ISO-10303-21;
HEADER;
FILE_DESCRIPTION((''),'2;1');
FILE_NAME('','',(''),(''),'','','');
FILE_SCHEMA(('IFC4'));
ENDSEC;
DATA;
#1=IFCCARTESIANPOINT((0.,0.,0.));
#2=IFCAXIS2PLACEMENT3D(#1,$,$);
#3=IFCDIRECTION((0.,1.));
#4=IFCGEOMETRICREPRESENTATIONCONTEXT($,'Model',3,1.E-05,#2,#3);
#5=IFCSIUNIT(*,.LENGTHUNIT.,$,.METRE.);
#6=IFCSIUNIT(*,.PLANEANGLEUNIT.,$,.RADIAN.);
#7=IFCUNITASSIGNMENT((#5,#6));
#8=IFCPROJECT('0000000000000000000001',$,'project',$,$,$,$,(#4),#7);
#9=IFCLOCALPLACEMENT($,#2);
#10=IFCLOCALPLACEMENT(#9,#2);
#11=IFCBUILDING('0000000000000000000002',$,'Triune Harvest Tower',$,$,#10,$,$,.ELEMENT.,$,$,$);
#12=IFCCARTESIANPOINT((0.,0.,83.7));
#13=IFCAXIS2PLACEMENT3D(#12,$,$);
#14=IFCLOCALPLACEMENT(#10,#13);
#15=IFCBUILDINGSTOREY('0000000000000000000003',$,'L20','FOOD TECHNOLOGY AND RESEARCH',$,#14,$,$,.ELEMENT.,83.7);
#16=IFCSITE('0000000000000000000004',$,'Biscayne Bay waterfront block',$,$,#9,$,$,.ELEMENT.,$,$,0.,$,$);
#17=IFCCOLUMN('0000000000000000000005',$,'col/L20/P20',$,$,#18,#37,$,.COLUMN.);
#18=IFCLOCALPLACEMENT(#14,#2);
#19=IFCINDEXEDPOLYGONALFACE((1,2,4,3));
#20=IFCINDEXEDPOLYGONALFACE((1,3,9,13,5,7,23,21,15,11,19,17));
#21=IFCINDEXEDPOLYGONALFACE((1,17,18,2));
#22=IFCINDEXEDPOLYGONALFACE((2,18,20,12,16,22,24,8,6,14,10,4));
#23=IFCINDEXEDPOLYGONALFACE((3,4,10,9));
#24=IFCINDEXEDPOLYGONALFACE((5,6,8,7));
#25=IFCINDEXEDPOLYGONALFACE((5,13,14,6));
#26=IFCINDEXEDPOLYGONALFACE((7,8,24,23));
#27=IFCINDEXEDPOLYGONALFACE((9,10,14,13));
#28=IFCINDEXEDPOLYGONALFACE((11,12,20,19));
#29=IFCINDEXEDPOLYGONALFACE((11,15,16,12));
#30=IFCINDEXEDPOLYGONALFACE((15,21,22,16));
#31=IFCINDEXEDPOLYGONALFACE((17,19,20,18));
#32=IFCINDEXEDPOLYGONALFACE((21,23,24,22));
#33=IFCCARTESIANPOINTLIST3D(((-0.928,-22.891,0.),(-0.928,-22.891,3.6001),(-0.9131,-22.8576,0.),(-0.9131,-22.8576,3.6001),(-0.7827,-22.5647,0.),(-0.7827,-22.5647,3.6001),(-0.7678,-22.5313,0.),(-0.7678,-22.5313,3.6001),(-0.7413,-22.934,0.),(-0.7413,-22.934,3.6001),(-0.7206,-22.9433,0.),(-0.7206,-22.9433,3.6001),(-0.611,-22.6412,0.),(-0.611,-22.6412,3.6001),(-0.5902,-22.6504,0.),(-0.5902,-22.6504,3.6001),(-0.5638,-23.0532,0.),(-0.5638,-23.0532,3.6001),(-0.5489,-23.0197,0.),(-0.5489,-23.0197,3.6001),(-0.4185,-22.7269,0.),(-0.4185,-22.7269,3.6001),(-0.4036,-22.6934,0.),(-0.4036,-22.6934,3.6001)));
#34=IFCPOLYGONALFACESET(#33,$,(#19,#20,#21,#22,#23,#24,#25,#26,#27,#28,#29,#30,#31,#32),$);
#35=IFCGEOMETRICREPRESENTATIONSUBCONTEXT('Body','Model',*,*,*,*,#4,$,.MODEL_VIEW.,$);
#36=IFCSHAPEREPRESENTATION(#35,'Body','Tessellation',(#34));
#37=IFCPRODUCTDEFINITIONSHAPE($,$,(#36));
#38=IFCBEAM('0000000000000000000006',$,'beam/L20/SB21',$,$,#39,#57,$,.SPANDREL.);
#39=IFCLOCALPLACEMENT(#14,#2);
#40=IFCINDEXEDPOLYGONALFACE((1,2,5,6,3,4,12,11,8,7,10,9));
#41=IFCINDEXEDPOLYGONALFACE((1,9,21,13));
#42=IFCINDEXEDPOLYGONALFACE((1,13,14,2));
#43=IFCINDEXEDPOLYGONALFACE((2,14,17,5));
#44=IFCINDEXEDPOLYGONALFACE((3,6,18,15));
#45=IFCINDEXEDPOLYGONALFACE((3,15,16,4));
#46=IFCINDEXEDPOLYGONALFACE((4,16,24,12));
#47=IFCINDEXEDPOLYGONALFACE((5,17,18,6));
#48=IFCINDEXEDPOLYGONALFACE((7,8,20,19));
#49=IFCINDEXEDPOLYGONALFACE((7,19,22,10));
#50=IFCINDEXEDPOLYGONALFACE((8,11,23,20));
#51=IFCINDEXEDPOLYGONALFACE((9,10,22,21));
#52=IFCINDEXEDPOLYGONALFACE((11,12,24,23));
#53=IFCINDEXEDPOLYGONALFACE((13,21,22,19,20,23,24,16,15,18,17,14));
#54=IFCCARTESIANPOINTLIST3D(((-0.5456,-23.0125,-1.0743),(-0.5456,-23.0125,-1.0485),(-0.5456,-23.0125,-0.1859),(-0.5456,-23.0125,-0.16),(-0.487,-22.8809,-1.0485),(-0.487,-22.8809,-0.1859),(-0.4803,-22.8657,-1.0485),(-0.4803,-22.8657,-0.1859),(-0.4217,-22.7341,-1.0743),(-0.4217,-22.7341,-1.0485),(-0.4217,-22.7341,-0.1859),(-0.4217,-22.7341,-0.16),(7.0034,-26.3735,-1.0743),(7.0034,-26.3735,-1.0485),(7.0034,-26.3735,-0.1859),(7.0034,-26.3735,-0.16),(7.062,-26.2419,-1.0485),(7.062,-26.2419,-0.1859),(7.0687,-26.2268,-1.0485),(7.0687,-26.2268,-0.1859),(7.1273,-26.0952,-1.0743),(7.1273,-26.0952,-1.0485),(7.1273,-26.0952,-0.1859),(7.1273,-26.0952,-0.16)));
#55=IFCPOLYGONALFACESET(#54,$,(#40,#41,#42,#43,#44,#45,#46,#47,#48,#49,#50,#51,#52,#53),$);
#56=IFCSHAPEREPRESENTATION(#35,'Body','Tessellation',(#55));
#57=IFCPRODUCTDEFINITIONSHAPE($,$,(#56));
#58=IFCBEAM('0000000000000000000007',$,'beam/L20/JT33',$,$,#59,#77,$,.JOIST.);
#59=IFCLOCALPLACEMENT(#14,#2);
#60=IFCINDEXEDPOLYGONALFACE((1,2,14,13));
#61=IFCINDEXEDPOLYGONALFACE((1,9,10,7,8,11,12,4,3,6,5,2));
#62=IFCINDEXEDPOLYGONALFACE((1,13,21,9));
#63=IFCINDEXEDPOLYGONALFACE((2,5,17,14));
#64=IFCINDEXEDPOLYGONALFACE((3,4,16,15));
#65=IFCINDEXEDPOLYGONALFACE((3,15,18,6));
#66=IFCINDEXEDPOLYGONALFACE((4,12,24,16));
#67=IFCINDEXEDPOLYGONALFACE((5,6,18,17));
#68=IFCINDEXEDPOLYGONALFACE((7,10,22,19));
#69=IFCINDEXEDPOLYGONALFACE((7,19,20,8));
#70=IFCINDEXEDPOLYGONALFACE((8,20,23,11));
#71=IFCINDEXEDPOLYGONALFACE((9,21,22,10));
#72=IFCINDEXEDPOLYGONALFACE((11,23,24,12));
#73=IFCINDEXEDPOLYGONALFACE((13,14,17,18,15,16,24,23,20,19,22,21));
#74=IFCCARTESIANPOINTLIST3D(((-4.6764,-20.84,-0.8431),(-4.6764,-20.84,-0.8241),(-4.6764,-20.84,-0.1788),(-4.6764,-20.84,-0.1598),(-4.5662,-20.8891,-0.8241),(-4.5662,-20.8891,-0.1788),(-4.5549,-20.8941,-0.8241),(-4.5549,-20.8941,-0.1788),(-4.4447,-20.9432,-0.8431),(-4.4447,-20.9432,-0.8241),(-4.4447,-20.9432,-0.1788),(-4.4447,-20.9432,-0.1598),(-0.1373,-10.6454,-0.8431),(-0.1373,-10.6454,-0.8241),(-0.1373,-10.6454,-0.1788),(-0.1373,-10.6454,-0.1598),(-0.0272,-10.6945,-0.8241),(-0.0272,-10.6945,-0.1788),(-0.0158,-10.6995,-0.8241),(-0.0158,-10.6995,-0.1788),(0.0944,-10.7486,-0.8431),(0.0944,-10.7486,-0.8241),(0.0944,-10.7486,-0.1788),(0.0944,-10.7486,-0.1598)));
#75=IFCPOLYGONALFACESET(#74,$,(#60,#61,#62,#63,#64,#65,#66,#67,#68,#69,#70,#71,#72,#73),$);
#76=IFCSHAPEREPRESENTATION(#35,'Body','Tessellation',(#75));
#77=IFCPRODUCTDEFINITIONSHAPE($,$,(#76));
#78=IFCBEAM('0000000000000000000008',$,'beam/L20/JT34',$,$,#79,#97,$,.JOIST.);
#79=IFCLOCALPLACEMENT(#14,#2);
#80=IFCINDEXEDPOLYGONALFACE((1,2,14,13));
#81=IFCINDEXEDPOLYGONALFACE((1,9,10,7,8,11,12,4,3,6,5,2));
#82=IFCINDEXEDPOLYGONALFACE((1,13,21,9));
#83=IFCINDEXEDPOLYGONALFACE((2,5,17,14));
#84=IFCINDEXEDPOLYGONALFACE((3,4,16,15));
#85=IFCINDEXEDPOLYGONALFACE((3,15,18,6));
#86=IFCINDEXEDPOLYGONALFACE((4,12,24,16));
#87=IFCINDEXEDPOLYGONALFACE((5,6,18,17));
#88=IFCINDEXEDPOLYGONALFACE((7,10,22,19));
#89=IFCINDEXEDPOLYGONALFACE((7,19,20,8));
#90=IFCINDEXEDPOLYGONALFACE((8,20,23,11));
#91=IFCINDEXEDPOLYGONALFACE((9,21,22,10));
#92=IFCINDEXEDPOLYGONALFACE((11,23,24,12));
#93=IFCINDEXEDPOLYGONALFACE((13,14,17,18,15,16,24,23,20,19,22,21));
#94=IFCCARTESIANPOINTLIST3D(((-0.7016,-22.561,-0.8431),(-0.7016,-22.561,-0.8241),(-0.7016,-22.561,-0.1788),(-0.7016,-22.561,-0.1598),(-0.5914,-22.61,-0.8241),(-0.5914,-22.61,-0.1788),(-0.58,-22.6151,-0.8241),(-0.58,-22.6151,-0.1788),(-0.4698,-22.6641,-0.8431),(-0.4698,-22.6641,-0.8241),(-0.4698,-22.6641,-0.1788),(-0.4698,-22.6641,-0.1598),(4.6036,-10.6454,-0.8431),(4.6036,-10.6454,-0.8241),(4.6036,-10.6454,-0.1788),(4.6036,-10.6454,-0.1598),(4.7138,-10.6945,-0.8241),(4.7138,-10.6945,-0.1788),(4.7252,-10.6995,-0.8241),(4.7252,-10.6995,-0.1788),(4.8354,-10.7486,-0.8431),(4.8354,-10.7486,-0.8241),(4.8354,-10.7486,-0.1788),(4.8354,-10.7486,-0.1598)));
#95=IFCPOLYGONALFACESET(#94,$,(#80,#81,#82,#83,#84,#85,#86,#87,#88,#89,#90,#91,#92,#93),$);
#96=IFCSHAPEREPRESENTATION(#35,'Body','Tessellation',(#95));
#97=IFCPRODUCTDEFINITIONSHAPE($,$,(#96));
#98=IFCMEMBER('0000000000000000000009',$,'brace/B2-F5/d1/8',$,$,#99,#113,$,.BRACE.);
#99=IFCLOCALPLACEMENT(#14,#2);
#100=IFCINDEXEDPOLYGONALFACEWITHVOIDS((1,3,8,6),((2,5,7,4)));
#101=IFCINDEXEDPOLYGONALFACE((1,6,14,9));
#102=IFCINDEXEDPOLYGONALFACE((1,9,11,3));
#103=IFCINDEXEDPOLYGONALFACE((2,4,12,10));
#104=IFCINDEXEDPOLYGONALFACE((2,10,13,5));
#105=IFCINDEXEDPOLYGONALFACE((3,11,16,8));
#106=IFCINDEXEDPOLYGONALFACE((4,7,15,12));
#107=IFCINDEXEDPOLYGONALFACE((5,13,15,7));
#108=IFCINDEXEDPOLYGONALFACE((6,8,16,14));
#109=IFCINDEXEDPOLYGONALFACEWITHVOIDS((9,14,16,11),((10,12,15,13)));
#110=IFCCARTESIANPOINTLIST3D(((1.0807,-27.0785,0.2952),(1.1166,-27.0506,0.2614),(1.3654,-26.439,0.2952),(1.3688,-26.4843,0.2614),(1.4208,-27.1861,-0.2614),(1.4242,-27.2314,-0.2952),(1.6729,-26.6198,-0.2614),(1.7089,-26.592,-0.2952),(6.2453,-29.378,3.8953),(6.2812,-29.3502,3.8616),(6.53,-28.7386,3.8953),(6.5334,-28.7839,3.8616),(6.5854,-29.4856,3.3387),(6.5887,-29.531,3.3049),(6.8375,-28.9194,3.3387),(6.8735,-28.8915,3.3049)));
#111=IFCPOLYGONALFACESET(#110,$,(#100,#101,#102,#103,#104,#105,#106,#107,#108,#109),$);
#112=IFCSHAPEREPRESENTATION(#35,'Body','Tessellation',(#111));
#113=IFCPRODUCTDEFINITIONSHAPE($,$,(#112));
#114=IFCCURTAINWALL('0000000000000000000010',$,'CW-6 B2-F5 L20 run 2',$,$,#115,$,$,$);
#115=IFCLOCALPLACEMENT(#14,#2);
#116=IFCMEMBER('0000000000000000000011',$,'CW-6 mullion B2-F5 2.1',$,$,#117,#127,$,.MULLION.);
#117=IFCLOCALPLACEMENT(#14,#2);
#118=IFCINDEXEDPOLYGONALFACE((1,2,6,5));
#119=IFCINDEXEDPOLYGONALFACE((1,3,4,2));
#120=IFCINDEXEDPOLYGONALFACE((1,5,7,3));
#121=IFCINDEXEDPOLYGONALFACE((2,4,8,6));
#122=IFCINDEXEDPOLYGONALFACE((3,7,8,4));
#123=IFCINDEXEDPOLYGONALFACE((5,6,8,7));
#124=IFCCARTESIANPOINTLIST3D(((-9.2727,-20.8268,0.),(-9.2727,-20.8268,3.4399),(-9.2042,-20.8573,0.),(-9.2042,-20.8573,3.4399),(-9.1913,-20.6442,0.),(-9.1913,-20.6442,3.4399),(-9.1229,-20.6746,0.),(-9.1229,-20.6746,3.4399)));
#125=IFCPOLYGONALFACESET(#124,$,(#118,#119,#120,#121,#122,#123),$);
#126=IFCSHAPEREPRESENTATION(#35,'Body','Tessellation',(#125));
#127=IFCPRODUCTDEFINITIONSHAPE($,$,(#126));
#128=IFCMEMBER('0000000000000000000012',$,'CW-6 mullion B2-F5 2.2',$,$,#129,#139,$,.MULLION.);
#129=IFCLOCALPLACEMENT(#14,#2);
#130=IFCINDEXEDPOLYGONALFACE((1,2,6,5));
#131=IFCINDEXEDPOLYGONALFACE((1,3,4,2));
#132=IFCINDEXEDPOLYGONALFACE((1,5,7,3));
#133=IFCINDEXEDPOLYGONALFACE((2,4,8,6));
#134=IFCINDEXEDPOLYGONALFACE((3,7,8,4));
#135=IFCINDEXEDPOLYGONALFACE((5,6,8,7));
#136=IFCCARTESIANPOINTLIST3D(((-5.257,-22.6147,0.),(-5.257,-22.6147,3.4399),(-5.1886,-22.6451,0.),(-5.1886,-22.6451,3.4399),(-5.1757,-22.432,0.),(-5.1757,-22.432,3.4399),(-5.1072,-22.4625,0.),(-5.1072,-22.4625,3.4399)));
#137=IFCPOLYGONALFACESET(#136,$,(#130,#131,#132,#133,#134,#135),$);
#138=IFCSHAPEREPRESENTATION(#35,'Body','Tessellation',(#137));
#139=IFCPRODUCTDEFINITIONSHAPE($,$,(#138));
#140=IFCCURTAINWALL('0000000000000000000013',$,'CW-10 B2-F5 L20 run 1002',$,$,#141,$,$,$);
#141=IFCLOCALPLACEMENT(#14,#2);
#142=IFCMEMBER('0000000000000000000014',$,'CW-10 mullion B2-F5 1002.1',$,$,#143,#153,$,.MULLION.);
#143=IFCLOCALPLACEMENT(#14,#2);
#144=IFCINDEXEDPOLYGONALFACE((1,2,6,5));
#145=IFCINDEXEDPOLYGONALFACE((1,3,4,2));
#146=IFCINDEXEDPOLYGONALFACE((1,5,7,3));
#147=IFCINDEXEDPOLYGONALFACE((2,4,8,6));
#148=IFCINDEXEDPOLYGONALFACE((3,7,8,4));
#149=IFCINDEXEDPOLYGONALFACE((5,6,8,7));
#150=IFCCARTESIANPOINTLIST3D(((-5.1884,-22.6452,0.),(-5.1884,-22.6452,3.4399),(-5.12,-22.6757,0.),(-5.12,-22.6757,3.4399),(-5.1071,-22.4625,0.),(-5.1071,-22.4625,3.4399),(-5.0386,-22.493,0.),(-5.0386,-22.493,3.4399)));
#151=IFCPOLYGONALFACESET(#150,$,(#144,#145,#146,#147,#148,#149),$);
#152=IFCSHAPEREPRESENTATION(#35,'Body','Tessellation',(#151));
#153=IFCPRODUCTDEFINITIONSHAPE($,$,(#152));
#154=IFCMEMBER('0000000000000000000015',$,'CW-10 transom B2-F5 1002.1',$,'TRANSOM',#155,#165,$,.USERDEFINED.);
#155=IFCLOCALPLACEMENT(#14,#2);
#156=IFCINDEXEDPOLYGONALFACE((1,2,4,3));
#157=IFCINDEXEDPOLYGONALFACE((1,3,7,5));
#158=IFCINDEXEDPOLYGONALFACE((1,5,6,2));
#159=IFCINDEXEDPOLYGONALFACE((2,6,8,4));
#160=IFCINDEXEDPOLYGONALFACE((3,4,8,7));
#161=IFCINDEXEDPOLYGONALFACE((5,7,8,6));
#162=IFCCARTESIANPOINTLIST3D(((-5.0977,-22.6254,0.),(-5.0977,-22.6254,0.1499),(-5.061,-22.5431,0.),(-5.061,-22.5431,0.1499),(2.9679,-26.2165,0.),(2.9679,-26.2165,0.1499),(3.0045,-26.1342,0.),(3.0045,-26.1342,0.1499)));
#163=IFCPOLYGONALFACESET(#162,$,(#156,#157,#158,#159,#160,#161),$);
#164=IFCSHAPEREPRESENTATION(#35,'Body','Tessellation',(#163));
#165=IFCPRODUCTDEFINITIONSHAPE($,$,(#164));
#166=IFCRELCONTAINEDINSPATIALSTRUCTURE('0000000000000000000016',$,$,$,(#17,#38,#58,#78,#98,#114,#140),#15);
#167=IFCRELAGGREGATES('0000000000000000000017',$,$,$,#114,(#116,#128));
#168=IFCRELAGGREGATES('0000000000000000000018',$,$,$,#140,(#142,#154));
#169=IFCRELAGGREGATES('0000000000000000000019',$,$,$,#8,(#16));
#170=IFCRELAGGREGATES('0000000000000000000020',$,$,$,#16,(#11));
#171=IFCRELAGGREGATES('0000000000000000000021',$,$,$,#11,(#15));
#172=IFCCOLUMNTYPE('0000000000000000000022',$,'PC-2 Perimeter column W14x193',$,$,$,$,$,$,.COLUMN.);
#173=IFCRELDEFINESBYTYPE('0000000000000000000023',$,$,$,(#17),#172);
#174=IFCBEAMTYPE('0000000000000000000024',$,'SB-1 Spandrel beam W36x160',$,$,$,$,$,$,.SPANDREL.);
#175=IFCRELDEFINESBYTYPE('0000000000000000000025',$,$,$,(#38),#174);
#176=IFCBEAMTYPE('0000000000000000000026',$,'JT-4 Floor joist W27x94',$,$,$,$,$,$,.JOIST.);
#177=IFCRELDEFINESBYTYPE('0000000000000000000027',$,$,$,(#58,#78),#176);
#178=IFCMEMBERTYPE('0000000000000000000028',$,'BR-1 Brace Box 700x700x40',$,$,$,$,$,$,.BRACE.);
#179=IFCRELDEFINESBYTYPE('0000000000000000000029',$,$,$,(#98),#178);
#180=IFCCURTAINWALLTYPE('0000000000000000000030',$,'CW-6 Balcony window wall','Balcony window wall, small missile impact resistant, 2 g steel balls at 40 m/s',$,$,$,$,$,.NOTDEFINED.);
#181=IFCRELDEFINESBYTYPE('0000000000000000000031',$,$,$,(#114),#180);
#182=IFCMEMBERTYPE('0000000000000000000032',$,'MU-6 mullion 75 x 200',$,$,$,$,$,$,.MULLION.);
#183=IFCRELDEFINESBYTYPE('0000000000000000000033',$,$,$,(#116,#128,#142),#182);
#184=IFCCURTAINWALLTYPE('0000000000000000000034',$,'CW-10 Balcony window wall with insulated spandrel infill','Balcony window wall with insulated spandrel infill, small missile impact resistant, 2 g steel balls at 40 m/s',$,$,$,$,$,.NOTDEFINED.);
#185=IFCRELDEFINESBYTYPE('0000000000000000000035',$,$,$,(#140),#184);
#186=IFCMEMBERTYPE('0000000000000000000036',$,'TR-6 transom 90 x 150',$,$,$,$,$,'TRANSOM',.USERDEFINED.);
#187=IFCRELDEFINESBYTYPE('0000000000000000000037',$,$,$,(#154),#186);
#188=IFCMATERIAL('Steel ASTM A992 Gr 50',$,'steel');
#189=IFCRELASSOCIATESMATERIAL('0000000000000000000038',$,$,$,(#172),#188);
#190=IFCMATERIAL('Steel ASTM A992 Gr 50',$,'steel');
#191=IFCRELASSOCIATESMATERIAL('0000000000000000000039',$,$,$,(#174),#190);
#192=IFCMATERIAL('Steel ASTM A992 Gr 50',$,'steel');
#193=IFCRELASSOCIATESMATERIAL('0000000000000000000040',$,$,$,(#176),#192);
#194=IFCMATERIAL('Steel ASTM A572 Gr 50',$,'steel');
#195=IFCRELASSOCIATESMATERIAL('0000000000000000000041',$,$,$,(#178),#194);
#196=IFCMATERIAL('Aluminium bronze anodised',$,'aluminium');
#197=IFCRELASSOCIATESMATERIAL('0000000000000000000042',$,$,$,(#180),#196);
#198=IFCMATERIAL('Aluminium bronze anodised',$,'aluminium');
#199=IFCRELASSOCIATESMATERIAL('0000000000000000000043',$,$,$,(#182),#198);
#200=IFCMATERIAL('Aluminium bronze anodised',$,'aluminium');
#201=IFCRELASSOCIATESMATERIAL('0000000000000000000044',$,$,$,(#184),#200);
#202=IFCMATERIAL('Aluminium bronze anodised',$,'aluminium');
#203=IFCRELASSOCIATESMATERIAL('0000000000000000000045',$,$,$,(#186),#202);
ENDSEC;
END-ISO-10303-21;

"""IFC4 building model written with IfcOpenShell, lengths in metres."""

from ifc_helpers import new_model, si_unit, direction, frame, origin, origin_2d, place, context, subcontext, project, spatial, rectangle, hollow_rectangle, i_section, extrude, source, transform, mapped, material, material_profile, profile_set, type_object, element, aggregate, save


model = new_model("IFC4")

# Units and contexts
model_context = context("Model", 3, precision=1e-05, world=origin(), true_north=direction((0.0, 1.0)))
body_context = subcontext(model_context, "Body", "Model", "MODEL_VIEW")
ifc_project = project(units=[si_unit("LENGTHUNIT", "METRE"), si_unit("PLANEANGLEUNIT", "RADIAN")], contexts=[model_context])

# Site, building, storey
site_placement = place(None, origin())
site = spatial("IfcSite", under=ifc_project, at=site_placement, Name="Biscayne Bay waterfront block", CompositionType="ELEMENT", RefElevation=0.0)
building_placement = place(site_placement, origin())
building = spatial("IfcBuilding", under=site, at=building_placement, Name="Triune Harvest Tower", CompositionType="ELEMENT")
storey_placement = place(building_placement, frame((0.0, 0.0, 83.7)))
storey = spatial("IfcBuildingStorey", under=building, at=storey_placement, Name="L20", Description="FOOD TECHNOLOGY AND RESEARCH", CompositionType="ELEMENT", Elevation=83.7)

# Column
ifc_material_1 = material(Name="Steel ASTM A992 Gr 50", Category="steel")
ifc_material_profile_1 = material_profile(ifc_material_1, i_section(OverallWidth=0.3987, OverallDepth=0.3938, WebThickness=0.0227, FlangeThickness=0.0366, at=origin_2d()), Name="W14x193")
ifc_profile_set_1 = profile_set([ifc_material_profile_1], Name="Steel ASTM A992 Gr 50")
column_type = type_object("IfcColumnType", Name="PC-2 Perimeter column W14x193", PredefinedType="COLUMN", material=ifc_profile_set_1)
shared_shape_1 = source(origin(), body_context, "Body", "SweptSolid", [
    extrude(i_section(OverallWidth=0.3987, OverallDepth=0.3938, WebThickness=0.0227, FlangeThickness=0.0366, at=origin_2d()), origin(), (0.0, 0.0, 1.0), 3.6001),
])
column_placement = place(storey_placement, frame((-0.6658, -22.7922, 0.0), z_axis=(0.0, 0.0, 1.0), x_axis=(0.913545, -0.406737, 0.0)))
element("IfcColumn", 1, at=column_placement, inside=storey, type_object=column_type, Name="col/L20/P20", PredefinedType="COLUMN", context=body_context, shape_type="MappedRepresentation", body=[
    mapped(shared_shape_1, transform((0.0, 0.0, 0.0), scale=1.0)),
])

# Beams
ifc_material_2 = material(Name="Steel ASTM A992 Gr 50", Category="steel")
ifc_material_profile_2 = material_profile(ifc_material_2, i_section(OverallWidth=0.3047, OverallDepth=0.9143, WebThickness=0.0166, FlangeThickness=0.0259, at=origin_2d()), Name="W36x160")
ifc_profile_set_2 = profile_set([ifc_material_profile_2], Name="Steel ASTM A992 Gr 50")
beam_type_1 = type_object("IfcBeamType", Name="SB-1 Spandrel beam W36x160", PredefinedType="SPANDREL", material=ifc_profile_set_2)
shared_shape_2 = source(origin(), body_context, "Body", "SweptSolid", [
    extrude(i_section(OverallWidth=0.3047, OverallDepth=0.9143, WebThickness=0.0166, FlangeThickness=0.0259, at=origin_2d()), origin(), (0.0, 0.0, 1.0), 8.2634),
])
beam_1_placement = place(storey_placement, frame((-0.4836, -22.8733, -0.6172), z_axis=(0.913545, -0.406739, 0.0), x_axis=(0.406739, 0.913545, 0.0)))
element("IfcBeam", 2, at=beam_1_placement, inside=storey, type_object=beam_type_1, Name="beam/L20/SB21", PredefinedType="SPANDREL", context=body_context, shape_type="MappedRepresentation", body=[
    mapped(shared_shape_2, transform((0.0, 0.0, 0.0), scale=1.0)),
])
ifc_material_3 = material(Name="Steel ASTM A992 Gr 50", Category="steel")
ifc_material_profile_3 = material_profile(ifc_material_3, i_section(OverallWidth=0.2537, OverallDepth=0.6833, WebThickness=0.0125, FlangeThickness=0.019, at=origin_2d()), Name="W27x94")
ifc_profile_set_3 = profile_set([ifc_material_profile_3], Name="Steel ASTM A992 Gr 50")
beam_type_2 = type_object("IfcBeamType", Name="JT-4 Floor joist W27x94", PredefinedType="JOIST", material=ifc_profile_set_3)
shared_shape_3 = source(origin(), body_context, "Body", "SweptSolid", [
    extrude(i_section(OverallWidth=0.2537, OverallDepth=0.6833, WebThickness=0.0125, FlangeThickness=0.019, at=origin_2d()), origin(), (0.0, 0.0, 1.0), 11.1594),
])
beam_2_placement = place(storey_placement, frame((-4.5605, -20.8916, -0.5015), z_axis=(0.406747, 0.913541, 0.0), x_axis=(-0.913541, 0.406747, 0.0)))
element("IfcBeam", 3, at=beam_2_placement, inside=storey, type_object=beam_type_2, Name="beam/L20/JT33", PredefinedType="JOIST", context=body_context, shape_type="MappedRepresentation", body=[
    mapped(shared_shape_3, transform((0.0, 0.0, 0.0), scale=1.0)),
])
shared_shape_4 = source(origin(), body_context, "Body", "SweptSolid", [
    extrude(i_section(OverallWidth=0.2537, OverallDepth=0.6833, WebThickness=0.0125, FlangeThickness=0.019, at=origin_2d()), origin(), (0.0, 0.0, 1.0), 13.0432),
])
beam_3_placement = place(storey_placement, frame((-0.5857, -22.6125, -0.5015), z_axis=(0.406739, 0.913544, 0.0), x_axis=(-0.913544, 0.406739, 0.0)))
element("IfcBeam", 4, at=beam_3_placement, inside=storey, type_object=beam_type_2, Name="beam/L20/JT34", PredefinedType="JOIST", context=body_context, shape_type="MappedRepresentation", body=[
    mapped(shared_shape_4, transform((0.0, 0.0, 0.0), scale=1.0)),
])

# Member
ifc_material_4 = material(Name="Steel ASTM A572 Gr 50", Category="steel")
ifc_material_profile_4 = material_profile(ifc_material_4, hollow_rectangle(XDim=0.7, YDim=0.7, WallThickness=0.04, at=origin_2d()), Name="Box 700x700x40")
ifc_profile_set_4 = profile_set([ifc_material_profile_4], Name="Steel ASTM A572 Gr 50")
member_type_1 = type_object("IfcMemberType", Name="BR-1 Brace Box 700x700x40", PredefinedType="BRACE", material=ifc_profile_set_4)
shared_shape_5 = source(origin(), body_context, "Body", "SweptSolid", [
    extrude(hollow_rectangle(XDim=0.7, YDim=0.7, WallThickness=0.04, at=origin_2d()), origin(), (0.0, 0.0, 1.0), 6.7024),
])
member_1_placement = place(storey_placement, frame((1.3948, -26.8352, 0.0), z_axis=(0.77056, -0.343099, 0.537141), x_axis=(0.406759, 0.913535, 0.0)))
element("IfcMember", 5, at=member_1_placement, inside=storey, type_object=member_type_1, Name="brace/B2-F5/d1/8", PredefinedType="BRACE", context=body_context, shape_type="MappedRepresentation", body=[
    mapped(shared_shape_5, transform((0.0, 0.0, 0.0), scale=1.0)),
])

# Curtain walls, members
ifc_material_5 = material(Name="Aluminium bronze anodised", Category="aluminium")
curtain_wall_type_1 = type_object("IfcCurtainWallType", Name="CW-6 Balcony window wall", Description="Balcony window wall, small missile impact resistant, 2 g steel balls at 40 m/s", PredefinedType="NOTDEFINED", material=ifc_material_5)
curtain_wall_1_placement = place(storey_placement, origin())
curtain_wall_1 = element("IfcCurtainWall", 6, at=curtain_wall_1_placement, inside=storey, type_object=curtain_wall_type_1, Name="CW-6 B2-F5 L20 run 2")
ifc_material_6 = material(Name="Aluminium bronze anodised", Category="aluminium")
ifc_material_profile_5 = material_profile(ifc_material_6, rectangle(XDim=0.2, YDim=0.075, at=origin_2d()), Name="MU-6 mullion 75 x 200")
ifc_profile_set_5 = profile_set([ifc_material_profile_5], Name="Aluminium bronze anodised")
member_type_2 = type_object("IfcMemberType", Name="MU-6 mullion 75 x 200", PredefinedType="MULLION", material=ifc_profile_set_5)
shared_shape_6 = source(origin(), body_context, "Body", "SweptSolid", [
    extrude(rectangle(XDim=0.2, YDim=0.075, at=origin_2d()), origin(), (0.0, 0.0, 1.0), 3.4399),
])
member_2_placement = place(storey_placement, frame((-9.1978, -20.7507, 0.0), z_axis=(0.0, 0.0, 1.0), x_axis=(0.40673, 0.913548, 0.0)))
member_2 = element("IfcMember", 7, at=member_2_placement, type_object=member_type_2, Name="CW-6 mullion B2-F5 2.1", PredefinedType="MULLION", context=body_context, shape_type="MappedRepresentation", body=[
    mapped(shared_shape_6, transform((0.0, 0.0, 0.0), scale=1.0)),
])
member_3_placement = place(storey_placement, frame((-5.1821, -22.5386, 0.0), z_axis=(0.0, 0.0, 1.0), x_axis=(0.40673, 0.913548, 0.0)))
member_3 = element("IfcMember", 8, at=member_3_placement, type_object=member_type_2, Name="CW-6 mullion B2-F5 2.2", PredefinedType="MULLION", context=body_context, shape_type="MappedRepresentation", body=[
    mapped(shared_shape_6, transform((0.0, 0.0, 0.0), scale=1.0)),
])
ifc_material_7 = material(Name="Aluminium bronze anodised", Category="aluminium")
curtain_wall_type_2 = type_object("IfcCurtainWallType", Name="CW-10 Balcony window wall with insulated spandrel infill", Description="Balcony window wall with insulated spandrel infill, small missile impact resistant, 2 g steel balls at 40 m/s", PredefinedType="NOTDEFINED", material=ifc_material_7)
curtain_wall_2_placement = place(storey_placement, origin())
curtain_wall_2 = element("IfcCurtainWall", 9, at=curtain_wall_2_placement, inside=storey, type_object=curtain_wall_type_2, Name="CW-10 B2-F5 L20 run 1002")
member_4_placement = place(storey_placement, frame((-5.1135, -22.5691, 0.0), z_axis=(0.0, 0.0, 1.0), x_axis=(0.406741, 0.913544, 0.0)))
member_4 = element("IfcMember", 10, at=member_4_placement, type_object=member_type_2, Name="CW-10 mullion B2-F5 1002.1", PredefinedType="MULLION", context=body_context, shape_type="MappedRepresentation", body=[
    mapped(shared_shape_6, transform((0.0, 0.0, 0.0), scale=1.0)),
])
ifc_material_8 = material(Name="Aluminium bronze anodised", Category="aluminium")
ifc_material_profile_6 = material_profile(ifc_material_8, rectangle(XDim=0.0901, YDim=0.1499, at=origin_2d()), Name="TR-6 transom 90 x 150")
ifc_profile_set_6 = profile_set([ifc_material_profile_6], Name="Aluminium bronze anodised")
member_type_3 = type_object("IfcMemberType", Name="TR-6 transom 90 x 150", ElementType="TRANSOM", PredefinedType="USERDEFINED", material=ifc_profile_set_6)
shared_shape_7 = source(origin(), body_context, "Body", "SweptSolid", [
    extrude(rectangle(XDim=0.0901, YDim=0.1499, at=origin_2d()), origin(), (0.0, 0.0, 1.0), 8.8289),
])
member_5_placement = place(storey_placement, frame((-5.0793, -22.5842, 0.075), z_axis=(0.913541, -0.406746, 0.0), x_axis=(0.406746, 0.913541, 0.0)))
member_5 = element("IfcMember", 11, at=member_5_placement, type_object=member_type_3, Name="CW-10 transom B2-F5 1002.1", ObjectType="TRANSOM", PredefinedType="USERDEFINED", context=body_context, shape_type="MappedRepresentation", body=[
    mapped(shared_shape_7, transform((0.0, 0.0, 0.0), scale=1.0)),
])

aggregate(curtain_wall_1, [member_2, member_3])
aggregate(curtain_wall_2, [member_4, member_5])

save(model, "model.ifc")
